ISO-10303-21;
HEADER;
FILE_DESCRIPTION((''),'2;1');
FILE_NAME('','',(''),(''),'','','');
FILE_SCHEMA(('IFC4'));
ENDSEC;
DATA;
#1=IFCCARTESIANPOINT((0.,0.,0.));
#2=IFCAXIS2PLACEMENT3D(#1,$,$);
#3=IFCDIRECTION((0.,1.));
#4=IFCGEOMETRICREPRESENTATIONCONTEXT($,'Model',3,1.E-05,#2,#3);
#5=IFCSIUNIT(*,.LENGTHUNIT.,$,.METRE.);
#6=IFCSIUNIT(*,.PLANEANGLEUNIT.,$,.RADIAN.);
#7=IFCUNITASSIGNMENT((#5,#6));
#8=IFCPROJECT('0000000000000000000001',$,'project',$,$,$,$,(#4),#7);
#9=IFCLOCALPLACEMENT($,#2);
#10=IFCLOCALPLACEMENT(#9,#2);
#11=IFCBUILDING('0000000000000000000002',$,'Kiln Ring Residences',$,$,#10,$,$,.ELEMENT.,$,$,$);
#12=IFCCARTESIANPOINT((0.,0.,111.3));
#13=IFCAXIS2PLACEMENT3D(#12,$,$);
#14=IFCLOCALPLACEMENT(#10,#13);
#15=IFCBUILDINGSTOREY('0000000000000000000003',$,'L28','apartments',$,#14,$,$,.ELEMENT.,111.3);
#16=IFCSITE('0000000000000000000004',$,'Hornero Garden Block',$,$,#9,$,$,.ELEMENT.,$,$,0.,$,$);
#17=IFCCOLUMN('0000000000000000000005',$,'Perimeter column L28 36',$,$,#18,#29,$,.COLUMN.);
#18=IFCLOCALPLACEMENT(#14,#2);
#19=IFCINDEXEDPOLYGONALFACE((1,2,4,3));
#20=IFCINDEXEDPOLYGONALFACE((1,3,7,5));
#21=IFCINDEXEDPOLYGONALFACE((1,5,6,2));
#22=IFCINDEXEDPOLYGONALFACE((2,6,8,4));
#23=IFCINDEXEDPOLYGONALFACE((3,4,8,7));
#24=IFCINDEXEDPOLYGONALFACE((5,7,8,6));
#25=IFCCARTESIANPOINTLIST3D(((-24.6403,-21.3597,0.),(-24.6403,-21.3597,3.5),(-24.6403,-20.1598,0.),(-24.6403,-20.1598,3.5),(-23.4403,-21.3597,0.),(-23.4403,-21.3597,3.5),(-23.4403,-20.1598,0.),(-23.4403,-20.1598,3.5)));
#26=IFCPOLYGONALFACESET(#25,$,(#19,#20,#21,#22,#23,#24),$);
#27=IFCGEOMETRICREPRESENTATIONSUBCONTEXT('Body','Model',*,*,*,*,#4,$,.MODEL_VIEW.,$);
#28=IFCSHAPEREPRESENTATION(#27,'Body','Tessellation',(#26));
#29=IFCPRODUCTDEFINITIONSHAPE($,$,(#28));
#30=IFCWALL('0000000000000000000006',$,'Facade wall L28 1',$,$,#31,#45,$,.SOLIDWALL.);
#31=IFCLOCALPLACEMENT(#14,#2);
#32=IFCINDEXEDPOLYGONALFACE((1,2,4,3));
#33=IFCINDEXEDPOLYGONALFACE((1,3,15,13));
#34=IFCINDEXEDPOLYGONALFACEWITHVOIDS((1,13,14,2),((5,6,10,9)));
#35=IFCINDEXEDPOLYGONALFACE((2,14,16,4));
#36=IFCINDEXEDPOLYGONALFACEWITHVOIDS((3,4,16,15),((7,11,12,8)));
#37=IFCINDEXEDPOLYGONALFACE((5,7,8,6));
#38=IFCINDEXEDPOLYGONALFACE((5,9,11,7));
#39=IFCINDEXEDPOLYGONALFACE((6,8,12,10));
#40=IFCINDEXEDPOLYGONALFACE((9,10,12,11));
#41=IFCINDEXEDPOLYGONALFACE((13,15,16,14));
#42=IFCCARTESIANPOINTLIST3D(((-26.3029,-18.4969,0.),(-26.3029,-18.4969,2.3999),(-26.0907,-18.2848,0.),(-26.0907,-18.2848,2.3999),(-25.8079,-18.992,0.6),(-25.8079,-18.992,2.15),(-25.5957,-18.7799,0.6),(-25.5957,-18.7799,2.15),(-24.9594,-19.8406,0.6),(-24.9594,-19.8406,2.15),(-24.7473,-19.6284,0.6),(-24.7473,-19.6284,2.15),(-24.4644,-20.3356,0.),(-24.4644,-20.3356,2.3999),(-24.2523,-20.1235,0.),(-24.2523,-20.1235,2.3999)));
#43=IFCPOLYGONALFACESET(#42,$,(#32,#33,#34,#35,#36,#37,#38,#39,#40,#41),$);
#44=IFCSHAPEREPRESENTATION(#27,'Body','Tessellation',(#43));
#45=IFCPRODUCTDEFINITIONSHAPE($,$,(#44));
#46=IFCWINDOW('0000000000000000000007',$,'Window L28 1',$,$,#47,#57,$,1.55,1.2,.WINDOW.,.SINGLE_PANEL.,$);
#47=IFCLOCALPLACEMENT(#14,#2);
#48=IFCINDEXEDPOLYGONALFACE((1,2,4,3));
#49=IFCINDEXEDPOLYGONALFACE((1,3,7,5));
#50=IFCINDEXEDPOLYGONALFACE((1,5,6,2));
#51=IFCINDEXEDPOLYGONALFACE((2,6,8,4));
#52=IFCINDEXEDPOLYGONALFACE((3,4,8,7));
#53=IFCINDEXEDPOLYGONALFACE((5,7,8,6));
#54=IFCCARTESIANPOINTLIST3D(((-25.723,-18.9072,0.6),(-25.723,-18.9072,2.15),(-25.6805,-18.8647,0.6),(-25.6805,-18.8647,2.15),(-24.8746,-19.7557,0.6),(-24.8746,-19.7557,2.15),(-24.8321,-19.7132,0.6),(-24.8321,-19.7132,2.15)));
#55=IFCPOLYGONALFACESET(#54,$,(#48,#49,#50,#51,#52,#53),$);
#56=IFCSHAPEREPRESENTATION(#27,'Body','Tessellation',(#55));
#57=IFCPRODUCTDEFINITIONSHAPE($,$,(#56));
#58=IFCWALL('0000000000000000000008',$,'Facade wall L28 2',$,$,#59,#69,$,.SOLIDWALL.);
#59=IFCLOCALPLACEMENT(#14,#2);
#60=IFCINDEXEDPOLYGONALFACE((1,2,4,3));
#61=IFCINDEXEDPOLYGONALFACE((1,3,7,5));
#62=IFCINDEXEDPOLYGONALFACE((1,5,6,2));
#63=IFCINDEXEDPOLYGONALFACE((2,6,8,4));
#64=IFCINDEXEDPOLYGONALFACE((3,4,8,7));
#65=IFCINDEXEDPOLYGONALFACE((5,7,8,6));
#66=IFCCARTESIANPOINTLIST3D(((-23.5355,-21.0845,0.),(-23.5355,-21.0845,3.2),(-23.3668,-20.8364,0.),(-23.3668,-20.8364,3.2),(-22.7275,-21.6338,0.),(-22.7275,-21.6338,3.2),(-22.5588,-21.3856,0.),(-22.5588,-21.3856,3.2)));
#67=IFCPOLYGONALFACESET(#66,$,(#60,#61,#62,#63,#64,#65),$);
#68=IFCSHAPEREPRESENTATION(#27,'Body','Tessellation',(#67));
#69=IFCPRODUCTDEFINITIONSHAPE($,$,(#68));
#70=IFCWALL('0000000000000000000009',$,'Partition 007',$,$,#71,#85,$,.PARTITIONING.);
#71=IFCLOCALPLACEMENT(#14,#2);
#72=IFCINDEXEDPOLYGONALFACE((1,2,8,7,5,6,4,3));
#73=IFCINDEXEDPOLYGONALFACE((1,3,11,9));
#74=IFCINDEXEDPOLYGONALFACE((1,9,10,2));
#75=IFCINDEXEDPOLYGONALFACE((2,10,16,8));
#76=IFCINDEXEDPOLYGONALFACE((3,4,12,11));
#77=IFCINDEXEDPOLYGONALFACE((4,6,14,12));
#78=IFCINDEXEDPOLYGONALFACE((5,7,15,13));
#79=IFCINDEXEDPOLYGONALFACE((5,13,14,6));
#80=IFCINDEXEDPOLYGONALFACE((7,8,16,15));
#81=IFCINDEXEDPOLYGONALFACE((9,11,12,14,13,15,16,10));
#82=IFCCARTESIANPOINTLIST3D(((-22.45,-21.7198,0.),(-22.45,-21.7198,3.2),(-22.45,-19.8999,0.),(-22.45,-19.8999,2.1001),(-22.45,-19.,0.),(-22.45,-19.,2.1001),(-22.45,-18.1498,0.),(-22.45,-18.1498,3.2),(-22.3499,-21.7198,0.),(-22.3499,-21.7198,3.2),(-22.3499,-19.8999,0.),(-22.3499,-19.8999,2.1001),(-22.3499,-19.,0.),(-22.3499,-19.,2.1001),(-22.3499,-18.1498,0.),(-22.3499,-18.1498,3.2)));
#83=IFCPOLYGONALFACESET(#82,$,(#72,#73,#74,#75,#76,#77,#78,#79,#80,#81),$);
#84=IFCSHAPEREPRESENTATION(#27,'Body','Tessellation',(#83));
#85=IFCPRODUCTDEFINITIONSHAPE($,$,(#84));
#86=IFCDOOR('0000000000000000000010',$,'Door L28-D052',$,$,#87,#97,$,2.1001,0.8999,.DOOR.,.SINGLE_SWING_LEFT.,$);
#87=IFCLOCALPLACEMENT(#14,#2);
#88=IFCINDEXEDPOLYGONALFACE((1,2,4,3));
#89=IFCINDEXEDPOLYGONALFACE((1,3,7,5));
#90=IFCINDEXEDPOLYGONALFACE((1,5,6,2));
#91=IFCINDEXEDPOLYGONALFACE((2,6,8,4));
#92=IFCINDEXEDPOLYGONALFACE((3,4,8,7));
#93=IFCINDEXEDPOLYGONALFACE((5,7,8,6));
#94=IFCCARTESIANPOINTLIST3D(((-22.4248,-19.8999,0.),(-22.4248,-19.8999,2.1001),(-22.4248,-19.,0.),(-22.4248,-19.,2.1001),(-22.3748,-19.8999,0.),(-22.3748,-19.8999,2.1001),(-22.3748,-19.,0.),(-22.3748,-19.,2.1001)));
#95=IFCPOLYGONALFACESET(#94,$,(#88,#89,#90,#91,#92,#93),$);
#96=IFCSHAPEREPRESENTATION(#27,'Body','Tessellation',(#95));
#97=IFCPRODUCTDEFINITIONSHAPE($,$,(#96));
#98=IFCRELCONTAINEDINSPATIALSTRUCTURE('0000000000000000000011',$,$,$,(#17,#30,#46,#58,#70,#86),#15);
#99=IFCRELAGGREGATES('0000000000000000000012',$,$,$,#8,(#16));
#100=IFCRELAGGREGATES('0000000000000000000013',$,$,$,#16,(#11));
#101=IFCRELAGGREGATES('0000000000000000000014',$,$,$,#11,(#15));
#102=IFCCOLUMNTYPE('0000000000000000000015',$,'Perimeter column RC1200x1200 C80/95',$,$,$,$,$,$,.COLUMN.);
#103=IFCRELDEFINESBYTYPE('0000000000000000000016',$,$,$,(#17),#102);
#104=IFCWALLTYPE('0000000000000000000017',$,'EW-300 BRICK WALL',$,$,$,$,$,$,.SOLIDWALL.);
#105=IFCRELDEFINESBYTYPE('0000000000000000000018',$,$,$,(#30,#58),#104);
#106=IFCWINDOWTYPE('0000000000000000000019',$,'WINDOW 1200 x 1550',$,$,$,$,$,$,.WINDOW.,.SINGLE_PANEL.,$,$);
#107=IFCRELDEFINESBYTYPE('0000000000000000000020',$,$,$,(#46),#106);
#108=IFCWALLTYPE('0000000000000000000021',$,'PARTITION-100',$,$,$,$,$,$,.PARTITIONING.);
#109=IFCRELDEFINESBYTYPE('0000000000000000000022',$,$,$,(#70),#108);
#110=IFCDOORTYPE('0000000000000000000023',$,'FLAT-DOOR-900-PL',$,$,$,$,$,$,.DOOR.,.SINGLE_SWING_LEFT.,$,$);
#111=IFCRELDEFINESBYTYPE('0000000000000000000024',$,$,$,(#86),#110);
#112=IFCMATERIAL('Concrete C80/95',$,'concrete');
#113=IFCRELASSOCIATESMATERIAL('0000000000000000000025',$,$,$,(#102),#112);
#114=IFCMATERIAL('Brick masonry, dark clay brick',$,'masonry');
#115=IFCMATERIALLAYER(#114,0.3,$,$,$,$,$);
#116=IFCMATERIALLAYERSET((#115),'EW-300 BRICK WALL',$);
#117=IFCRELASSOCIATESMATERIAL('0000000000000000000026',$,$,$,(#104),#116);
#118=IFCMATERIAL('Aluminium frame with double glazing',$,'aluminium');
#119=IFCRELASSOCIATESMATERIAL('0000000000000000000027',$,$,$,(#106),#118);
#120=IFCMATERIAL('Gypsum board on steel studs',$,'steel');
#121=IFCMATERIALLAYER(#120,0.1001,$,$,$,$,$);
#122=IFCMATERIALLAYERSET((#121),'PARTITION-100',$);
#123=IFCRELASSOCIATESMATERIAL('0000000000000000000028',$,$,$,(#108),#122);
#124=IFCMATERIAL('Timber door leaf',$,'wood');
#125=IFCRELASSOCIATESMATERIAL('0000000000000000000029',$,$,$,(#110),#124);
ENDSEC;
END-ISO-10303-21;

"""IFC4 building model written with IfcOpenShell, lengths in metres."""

from ifc_helpers import new_model, si_unit, direction, frame, frame_2d, origin, origin_2d, place, context, subcontext, project, spatial, rectangle, extrude, material, layer, layer_set, material_profile, profile_set, type_object, element, fill, save


model = new_model("IFC4")

# Units and contexts
model_context = context("Model", 3, precision=1e-05, world=origin(), true_north=direction((0.0, 1.0)))
body_context = subcontext(model_context, "Body", "Model", "MODEL_VIEW")
ifc_project = project(units=[si_unit("LENGTHUNIT", "METRE"), si_unit("PLANEANGLEUNIT", "RADIAN")], contexts=[model_context])

# Site, building, storey
site_placement = place(None, origin())
site = spatial("IfcSite", under=ifc_project, at=site_placement, Name="Hornero Garden Block", CompositionType="ELEMENT", RefElevation=0.0)
building_placement = place(site_placement, origin())
building = spatial("IfcBuilding", under=site, at=building_placement, Name="Kiln Ring Residences", CompositionType="ELEMENT")
storey_placement = place(building_placement, frame((0.0, 0.0, 111.3)))
storey = spatial("IfcBuildingStorey", under=building, at=storey_placement, Name="L28", Description="apartments", CompositionType="ELEMENT", Elevation=111.3)

# Column
ifc_material_1 = material(Name="Concrete C80/95", Category="concrete")
ifc_material_profile = material_profile(ifc_material_1, rectangle(XDim=1.2, YDim=1.2, at=origin_2d()), Name="RC1200x1200")
ifc_profile_set = profile_set([ifc_material_profile], Name="Concrete C80/95")
column_type = type_object("IfcColumnType", Name="Perimeter column RC1200x1200 C80/95", PredefinedType="COLUMN", material=ifc_profile_set)
column_placement = place(storey_placement, frame((-24.0403, -20.7598, 0.0), z_axis=(0.0, 0.0, 1.0), x_axis=(1.0, 0.0, 0.0)))
element("IfcColumn", 1, at=column_placement, inside=storey, type_object=column_type, Name="Perimeter column L28 36", PredefinedType="COLUMN", context=body_context, shape_type="SweptSolid", body=[
    extrude(rectangle(XDim=1.2, YDim=1.2, at=origin_2d()), origin(), (0.0, 0.0, 1.0), 3.5),
])

# Wall, opening, window
ifc_material_2 = material(Name="Brick masonry, dark clay brick", Category="masonry")
ifc_layer_1 = layer(ifc_material_2, 0.3)
ifc_layer_set_1 = layer_set([ifc_layer_1], Name="EW-300 BRICK WALL")
wall_type_1 = type_object("IfcWallType", Name="EW-300 BRICK WALL", PredefinedType="SOLIDWALL", material=ifc_layer_set_1)
wall_1_placement = place(storey_placement, frame((-26.1968, -18.3909, 0.0), z_axis=(0.0, 0.0, 1.0), x_axis=(0.70706, -0.707154, 0.0)))
wall_1 = element("IfcWall", 2, at=wall_1_placement, inside=storey, type_object=wall_type_1, Name="Facade wall L28 1", PredefinedType="SOLIDWALL", context=body_context, shape_type="SweptSolid", body=[
    extrude(rectangle(XDim=2.6001, YDim=0.3, at=frame_2d((1.3, 0.0))), origin(), (0.0, 0.0, 1.0), 2.3999),
])
opening_1_placement = place(wall_1_placement, frame((0.7, 0.0, 0.6001)))
opening_1 = element("IfcOpeningElement", 3, at=opening_1_placement, cuts=wall_1, PredefinedType="OPENING", context=body_context, shape_type="SweptSolid", body=[
    extrude(rectangle(XDim=1.2, YDim=1.55, at=frame_2d((0.6001, 0.7749))), frame((0.0, 0.1599, 0.0), z_axis=(0.0, -1.0, 0.0), x_axis=(1.0, 0.0, 0.0)), (0.0, 0.0, 1.0), 0.3201),
])
ifc_material_3 = material(Name="Aluminium frame with double glazing", Category="aluminium")
window_type = type_object("IfcWindowType", Name="WINDOW 1200 x 1550", PartitioningType="SINGLE_PANEL", PredefinedType="WINDOW", material=ifc_material_3)
window_placement = place(opening_1_placement, origin())
window = element("IfcWindow", 4, at=window_placement, inside=storey, type_object=window_type, Name="Window L28 1", OverallHeight=1.55, OverallWidth=1.2, PartitioningType="SINGLE_PANEL", PredefinedType="WINDOW", context=body_context, shape_type="SweptSolid", body=[
    extrude(rectangle(XDim=1.2, YDim=1.55, at=frame_2d((0.6001, 0.7749))), frame((0.0, 0.03, 0.0), z_axis=(0.0, -1.0, 0.0), x_axis=(1.0, 0.0, 0.0)), (0.0, 0.0, 1.0), 0.0601),
])
fill(opening_1, window)

# Wall
wall_2_placement = place(storey_placement, frame((-23.4512, -20.9604, 0.0), z_axis=(0.0, 0.0, 1.0), x_axis=(0.827019, -0.562173, 0.0)))
element("IfcWall", 5, at=wall_2_placement, inside=storey, type_object=wall_type_1, Name="Facade wall L28 2", PredefinedType="SOLIDWALL", context=body_context, shape_type="SweptSolid", body=[
    extrude(rectangle(XDim=0.9771, YDim=0.3, at=frame_2d((0.4885, 0.0))), origin(), (0.0, 0.0, 1.0), 3.2),
])

# Shared definitions
ifc_material_4 = material(Name="Gypsum board on steel studs", Category="steel")
ifc_layer_2 = layer(ifc_material_4, 0.1001)
ifc_layer_set_2 = layer_set([ifc_layer_2], Name="PARTITION-100")
wall_type_2 = type_object("IfcWallType", Name="PARTITION-100", PredefinedType="PARTITIONING", material=ifc_layer_set_2)
ifc_material_5 = material(Name="Timber door leaf", Category="wood")
door_type_1 = type_object("IfcDoorType", Name="FLAT-DOOR-900-PL", OperationType="SINGLE_SWING_LEFT", PredefinedType="DOOR", material=ifc_material_5)

# Wall, opening, door
wall_3_placement = place(storey_placement, frame((-22.3999, -21.72, 0.0), z_axis=(0.0, 0.0, 1.0), x_axis=(0.0, 1.0, 0.0)))
wall_3 = element("IfcWall", 6, at=wall_3_placement, inside=storey, type_object=wall_type_2, Name="Partition 007", PredefinedType="PARTITIONING", context=body_context, shape_type="SweptSolid", body=[
    extrude(rectangle(XDim=3.5701, YDim=0.1001, at=frame_2d((1.7852, 0.0))), origin(), (0.0, 0.0, 1.0), 3.2),
])
opening_2_placement = place(wall_3_placement, frame((1.8201, 0.0, 0.0)))
opening_2 = element("IfcOpeningElement", 7, at=opening_2_placement, cuts=wall_3, PredefinedType="OPENING", context=body_context, shape_type="SweptSolid", body=[
    extrude(rectangle(XDim=0.8999, YDim=2.1001, at=frame_2d((0.45, 1.05))), frame((0.0, 0.0601, 0.0), z_axis=(0.0, -1.0, 0.0), x_axis=(1.0, 0.0, 0.0)), (0.0, 0.0, 1.0), 0.1201),
])
door_1_placement = place(opening_2_placement, origin())
door_1 = element("IfcDoor", 8, at=door_1_placement, inside=storey, type_object=door_type_1, Name="Door L28-D052", OperationType="SINGLE_SWING_LEFT", OverallHeight=2.1001, OverallWidth=0.8999, PredefinedType="DOOR", context=body_context, shape_type="SweptSolid", body=[
    extrude(rectangle(XDim=0.8999, YDim=2.1001, at=frame_2d((0.45, 1.05))), frame((0.0, 0.0249, 0.0), z_axis=(0.0, -1.0, 0.0), x_axis=(1.0, 0.0, 0.0)), (0.0, 0.0, 1.0), 0.05),
])
fill(opening_2, door_1)

save(model, "model.ifc")
